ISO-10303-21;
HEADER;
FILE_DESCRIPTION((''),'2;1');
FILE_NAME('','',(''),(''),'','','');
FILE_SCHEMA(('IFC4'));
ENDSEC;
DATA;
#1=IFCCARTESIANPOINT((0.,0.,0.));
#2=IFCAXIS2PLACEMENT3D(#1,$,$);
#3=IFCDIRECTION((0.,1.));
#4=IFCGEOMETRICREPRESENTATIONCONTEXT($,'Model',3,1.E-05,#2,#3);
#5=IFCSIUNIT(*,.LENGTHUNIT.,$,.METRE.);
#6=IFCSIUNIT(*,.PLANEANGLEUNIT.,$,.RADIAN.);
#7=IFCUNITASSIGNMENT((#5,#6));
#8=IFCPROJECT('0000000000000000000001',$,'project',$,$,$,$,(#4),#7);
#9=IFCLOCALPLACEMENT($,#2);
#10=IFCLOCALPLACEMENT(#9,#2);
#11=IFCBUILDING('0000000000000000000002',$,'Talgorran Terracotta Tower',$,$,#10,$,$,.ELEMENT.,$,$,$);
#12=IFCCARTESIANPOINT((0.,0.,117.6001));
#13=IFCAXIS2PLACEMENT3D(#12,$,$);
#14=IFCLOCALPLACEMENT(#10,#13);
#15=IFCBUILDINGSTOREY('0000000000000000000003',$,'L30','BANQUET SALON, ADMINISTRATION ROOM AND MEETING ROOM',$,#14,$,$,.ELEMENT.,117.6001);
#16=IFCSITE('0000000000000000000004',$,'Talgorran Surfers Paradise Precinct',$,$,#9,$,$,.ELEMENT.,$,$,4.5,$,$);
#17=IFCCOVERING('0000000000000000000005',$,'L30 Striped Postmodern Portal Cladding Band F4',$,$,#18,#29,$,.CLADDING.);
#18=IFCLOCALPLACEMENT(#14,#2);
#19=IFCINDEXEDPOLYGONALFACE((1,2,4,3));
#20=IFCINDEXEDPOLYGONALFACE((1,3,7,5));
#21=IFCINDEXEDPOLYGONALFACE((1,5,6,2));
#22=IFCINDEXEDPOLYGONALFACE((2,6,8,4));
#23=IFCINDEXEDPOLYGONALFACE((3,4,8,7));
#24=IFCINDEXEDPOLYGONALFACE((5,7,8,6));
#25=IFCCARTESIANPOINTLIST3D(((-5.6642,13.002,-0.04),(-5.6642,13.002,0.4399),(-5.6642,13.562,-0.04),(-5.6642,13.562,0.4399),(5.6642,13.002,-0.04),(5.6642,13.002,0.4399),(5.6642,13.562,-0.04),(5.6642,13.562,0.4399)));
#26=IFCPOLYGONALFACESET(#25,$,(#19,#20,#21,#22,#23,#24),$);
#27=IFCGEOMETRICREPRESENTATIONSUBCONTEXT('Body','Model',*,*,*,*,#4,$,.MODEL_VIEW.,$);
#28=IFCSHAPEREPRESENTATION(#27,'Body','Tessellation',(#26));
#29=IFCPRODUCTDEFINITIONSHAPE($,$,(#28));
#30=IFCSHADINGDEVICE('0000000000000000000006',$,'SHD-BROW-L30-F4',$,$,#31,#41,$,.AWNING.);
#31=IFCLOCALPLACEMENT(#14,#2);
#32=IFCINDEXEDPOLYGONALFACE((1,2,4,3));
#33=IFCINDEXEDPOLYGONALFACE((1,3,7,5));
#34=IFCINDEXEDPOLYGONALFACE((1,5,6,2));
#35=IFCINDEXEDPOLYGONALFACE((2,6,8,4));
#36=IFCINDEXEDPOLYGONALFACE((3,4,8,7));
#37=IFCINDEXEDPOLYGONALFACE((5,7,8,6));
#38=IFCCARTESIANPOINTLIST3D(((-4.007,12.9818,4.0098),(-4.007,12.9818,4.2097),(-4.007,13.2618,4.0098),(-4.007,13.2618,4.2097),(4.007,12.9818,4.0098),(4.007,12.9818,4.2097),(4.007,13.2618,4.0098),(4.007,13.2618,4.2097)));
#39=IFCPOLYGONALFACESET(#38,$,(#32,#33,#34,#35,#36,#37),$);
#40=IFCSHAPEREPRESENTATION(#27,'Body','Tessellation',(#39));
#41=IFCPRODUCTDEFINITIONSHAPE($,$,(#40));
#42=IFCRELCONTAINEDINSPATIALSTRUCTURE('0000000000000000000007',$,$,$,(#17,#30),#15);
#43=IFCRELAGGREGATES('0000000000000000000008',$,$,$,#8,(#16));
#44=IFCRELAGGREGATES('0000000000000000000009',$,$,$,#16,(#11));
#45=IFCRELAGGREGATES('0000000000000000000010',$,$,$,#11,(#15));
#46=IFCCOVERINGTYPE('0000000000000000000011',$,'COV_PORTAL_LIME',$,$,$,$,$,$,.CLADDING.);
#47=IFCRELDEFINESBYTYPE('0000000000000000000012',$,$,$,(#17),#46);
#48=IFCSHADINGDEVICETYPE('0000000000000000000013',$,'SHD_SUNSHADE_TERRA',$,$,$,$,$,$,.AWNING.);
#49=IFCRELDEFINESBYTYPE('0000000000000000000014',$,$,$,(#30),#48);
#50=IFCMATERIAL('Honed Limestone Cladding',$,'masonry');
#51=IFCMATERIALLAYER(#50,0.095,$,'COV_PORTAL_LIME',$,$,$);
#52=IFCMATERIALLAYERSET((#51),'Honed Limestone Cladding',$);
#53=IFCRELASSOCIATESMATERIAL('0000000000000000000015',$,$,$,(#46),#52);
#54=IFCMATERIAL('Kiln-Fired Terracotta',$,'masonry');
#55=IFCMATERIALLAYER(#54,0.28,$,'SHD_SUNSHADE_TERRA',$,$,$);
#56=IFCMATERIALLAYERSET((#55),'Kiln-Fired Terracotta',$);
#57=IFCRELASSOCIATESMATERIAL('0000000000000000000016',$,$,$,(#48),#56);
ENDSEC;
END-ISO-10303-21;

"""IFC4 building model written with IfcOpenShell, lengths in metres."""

from ifc_helpers import new_model, si_unit, direction, frame, origin, origin_2d, place, context, subcontext, project, spatial, rectangle, extrude, source, transform, mapped, material, layer, layer_set, type_object, type_shapes, element, save


model = new_model("IFC4")

# Units and contexts
model_context = context("Model", 3, precision=1e-05, world=origin(), true_north=direction((0.0, 1.0)))
body_context = subcontext(model_context, "Body", "Model", "MODEL_VIEW")
ifc_project = project(units=[si_unit("LENGTHUNIT", "METRE"), si_unit("PLANEANGLEUNIT", "RADIAN")], contexts=[model_context])

# Site, building, storey
site_placement = place(None, origin())
site = spatial("IfcSite", under=ifc_project, at=site_placement, Name="Talgorran Surfers Paradise Precinct", CompositionType="ELEMENT", RefElevation=4.5)
building_placement = place(site_placement, origin())
building = spatial("IfcBuilding", under=site, at=building_placement, Name="Talgorran Terracotta Tower", CompositionType="ELEMENT")
storey_placement = place(building_placement, frame((0.0, 0.0, 117.6001)))
storey = spatial("IfcBuildingStorey", under=building, at=storey_placement, Name="L30", Description="BANQUET SALON, ADMINISTRATION ROOM AND MEETING ROOM", CompositionType="ELEMENT", Elevation=117.6001)

# Covering
ifc_material_1 = material(Name="Honed Limestone Cladding", Category="masonry")
ifc_layer_1 = layer(ifc_material_1, 0.095, Name="COV_PORTAL_LIME")
ifc_layer_set_1 = layer_set([ifc_layer_1], Name="Honed Limestone Cladding")
covering_type_1 = type_object("IfcCoveringType", Name="COV_PORTAL_LIME", PredefinedType="CLADDING", material=ifc_layer_set_1)
covering_1_placement = place(storey_placement, frame((0.0, 13.282, -0.04), z_axis=(0.0, 0.0, 1.0), x_axis=(-1.0, 0.0, 0.0)))
element("IfcCovering", 1, at=covering_1_placement, inside=storey, type_object=covering_type_1, Name="L30 Striped Postmodern Portal Cladding Band F4", PredefinedType="CLADDING", context=body_context, shape_type="SweptSolid", body=[
    extrude(rectangle(XDim=11.3284, YDim=0.5601, at=origin_2d()), origin(), (0.0, 0.0, 1.0), 0.48),
])

# Shading device
ifc_material_2 = material(Name="Kiln-Fired Terracotta", Category="masonry")
ifc_layer_2 = layer(ifc_material_2, 0.28, Name="SHD_SUNSHADE_TERRA")
ifc_layer_set_2 = layer_set([ifc_layer_2], Name="Kiln-Fired Terracotta")
shading_device_type = type_object("IfcShadingDeviceType", Name="SHD_SUNSHADE_TERRA", PredefinedType="AWNING", material=ifc_layer_set_2)
shared_shape_1 = source(origin(), body_context, "Body", "SweptSolid", [
    extrude(rectangle(XDim=8.0139, YDim=0.28, at=origin_2d()), origin(), (0.0, 0.0, 1.0), 0.2),
])
type_shapes(shading_device_type, [shared_shape_1])
shading_device_placement = place(storey_placement, frame((0.0, 13.1218, 4.0098), z_axis=(0.0, 0.0, 1.0), x_axis=(-1.0, 0.0, 0.0)))
element("IfcShadingDevice", 2, at=shading_device_placement, inside=storey, type_object=shading_device_type, Name="SHD-BROW-L30-F4", PredefinedType="AWNING", context=body_context, shape_type="MappedRepresentation", body=[
    mapped(shared_shape_1, transform((0.0, 0.0, 0.0), scale=1.0)),
])

save(model, "model.ifc")
